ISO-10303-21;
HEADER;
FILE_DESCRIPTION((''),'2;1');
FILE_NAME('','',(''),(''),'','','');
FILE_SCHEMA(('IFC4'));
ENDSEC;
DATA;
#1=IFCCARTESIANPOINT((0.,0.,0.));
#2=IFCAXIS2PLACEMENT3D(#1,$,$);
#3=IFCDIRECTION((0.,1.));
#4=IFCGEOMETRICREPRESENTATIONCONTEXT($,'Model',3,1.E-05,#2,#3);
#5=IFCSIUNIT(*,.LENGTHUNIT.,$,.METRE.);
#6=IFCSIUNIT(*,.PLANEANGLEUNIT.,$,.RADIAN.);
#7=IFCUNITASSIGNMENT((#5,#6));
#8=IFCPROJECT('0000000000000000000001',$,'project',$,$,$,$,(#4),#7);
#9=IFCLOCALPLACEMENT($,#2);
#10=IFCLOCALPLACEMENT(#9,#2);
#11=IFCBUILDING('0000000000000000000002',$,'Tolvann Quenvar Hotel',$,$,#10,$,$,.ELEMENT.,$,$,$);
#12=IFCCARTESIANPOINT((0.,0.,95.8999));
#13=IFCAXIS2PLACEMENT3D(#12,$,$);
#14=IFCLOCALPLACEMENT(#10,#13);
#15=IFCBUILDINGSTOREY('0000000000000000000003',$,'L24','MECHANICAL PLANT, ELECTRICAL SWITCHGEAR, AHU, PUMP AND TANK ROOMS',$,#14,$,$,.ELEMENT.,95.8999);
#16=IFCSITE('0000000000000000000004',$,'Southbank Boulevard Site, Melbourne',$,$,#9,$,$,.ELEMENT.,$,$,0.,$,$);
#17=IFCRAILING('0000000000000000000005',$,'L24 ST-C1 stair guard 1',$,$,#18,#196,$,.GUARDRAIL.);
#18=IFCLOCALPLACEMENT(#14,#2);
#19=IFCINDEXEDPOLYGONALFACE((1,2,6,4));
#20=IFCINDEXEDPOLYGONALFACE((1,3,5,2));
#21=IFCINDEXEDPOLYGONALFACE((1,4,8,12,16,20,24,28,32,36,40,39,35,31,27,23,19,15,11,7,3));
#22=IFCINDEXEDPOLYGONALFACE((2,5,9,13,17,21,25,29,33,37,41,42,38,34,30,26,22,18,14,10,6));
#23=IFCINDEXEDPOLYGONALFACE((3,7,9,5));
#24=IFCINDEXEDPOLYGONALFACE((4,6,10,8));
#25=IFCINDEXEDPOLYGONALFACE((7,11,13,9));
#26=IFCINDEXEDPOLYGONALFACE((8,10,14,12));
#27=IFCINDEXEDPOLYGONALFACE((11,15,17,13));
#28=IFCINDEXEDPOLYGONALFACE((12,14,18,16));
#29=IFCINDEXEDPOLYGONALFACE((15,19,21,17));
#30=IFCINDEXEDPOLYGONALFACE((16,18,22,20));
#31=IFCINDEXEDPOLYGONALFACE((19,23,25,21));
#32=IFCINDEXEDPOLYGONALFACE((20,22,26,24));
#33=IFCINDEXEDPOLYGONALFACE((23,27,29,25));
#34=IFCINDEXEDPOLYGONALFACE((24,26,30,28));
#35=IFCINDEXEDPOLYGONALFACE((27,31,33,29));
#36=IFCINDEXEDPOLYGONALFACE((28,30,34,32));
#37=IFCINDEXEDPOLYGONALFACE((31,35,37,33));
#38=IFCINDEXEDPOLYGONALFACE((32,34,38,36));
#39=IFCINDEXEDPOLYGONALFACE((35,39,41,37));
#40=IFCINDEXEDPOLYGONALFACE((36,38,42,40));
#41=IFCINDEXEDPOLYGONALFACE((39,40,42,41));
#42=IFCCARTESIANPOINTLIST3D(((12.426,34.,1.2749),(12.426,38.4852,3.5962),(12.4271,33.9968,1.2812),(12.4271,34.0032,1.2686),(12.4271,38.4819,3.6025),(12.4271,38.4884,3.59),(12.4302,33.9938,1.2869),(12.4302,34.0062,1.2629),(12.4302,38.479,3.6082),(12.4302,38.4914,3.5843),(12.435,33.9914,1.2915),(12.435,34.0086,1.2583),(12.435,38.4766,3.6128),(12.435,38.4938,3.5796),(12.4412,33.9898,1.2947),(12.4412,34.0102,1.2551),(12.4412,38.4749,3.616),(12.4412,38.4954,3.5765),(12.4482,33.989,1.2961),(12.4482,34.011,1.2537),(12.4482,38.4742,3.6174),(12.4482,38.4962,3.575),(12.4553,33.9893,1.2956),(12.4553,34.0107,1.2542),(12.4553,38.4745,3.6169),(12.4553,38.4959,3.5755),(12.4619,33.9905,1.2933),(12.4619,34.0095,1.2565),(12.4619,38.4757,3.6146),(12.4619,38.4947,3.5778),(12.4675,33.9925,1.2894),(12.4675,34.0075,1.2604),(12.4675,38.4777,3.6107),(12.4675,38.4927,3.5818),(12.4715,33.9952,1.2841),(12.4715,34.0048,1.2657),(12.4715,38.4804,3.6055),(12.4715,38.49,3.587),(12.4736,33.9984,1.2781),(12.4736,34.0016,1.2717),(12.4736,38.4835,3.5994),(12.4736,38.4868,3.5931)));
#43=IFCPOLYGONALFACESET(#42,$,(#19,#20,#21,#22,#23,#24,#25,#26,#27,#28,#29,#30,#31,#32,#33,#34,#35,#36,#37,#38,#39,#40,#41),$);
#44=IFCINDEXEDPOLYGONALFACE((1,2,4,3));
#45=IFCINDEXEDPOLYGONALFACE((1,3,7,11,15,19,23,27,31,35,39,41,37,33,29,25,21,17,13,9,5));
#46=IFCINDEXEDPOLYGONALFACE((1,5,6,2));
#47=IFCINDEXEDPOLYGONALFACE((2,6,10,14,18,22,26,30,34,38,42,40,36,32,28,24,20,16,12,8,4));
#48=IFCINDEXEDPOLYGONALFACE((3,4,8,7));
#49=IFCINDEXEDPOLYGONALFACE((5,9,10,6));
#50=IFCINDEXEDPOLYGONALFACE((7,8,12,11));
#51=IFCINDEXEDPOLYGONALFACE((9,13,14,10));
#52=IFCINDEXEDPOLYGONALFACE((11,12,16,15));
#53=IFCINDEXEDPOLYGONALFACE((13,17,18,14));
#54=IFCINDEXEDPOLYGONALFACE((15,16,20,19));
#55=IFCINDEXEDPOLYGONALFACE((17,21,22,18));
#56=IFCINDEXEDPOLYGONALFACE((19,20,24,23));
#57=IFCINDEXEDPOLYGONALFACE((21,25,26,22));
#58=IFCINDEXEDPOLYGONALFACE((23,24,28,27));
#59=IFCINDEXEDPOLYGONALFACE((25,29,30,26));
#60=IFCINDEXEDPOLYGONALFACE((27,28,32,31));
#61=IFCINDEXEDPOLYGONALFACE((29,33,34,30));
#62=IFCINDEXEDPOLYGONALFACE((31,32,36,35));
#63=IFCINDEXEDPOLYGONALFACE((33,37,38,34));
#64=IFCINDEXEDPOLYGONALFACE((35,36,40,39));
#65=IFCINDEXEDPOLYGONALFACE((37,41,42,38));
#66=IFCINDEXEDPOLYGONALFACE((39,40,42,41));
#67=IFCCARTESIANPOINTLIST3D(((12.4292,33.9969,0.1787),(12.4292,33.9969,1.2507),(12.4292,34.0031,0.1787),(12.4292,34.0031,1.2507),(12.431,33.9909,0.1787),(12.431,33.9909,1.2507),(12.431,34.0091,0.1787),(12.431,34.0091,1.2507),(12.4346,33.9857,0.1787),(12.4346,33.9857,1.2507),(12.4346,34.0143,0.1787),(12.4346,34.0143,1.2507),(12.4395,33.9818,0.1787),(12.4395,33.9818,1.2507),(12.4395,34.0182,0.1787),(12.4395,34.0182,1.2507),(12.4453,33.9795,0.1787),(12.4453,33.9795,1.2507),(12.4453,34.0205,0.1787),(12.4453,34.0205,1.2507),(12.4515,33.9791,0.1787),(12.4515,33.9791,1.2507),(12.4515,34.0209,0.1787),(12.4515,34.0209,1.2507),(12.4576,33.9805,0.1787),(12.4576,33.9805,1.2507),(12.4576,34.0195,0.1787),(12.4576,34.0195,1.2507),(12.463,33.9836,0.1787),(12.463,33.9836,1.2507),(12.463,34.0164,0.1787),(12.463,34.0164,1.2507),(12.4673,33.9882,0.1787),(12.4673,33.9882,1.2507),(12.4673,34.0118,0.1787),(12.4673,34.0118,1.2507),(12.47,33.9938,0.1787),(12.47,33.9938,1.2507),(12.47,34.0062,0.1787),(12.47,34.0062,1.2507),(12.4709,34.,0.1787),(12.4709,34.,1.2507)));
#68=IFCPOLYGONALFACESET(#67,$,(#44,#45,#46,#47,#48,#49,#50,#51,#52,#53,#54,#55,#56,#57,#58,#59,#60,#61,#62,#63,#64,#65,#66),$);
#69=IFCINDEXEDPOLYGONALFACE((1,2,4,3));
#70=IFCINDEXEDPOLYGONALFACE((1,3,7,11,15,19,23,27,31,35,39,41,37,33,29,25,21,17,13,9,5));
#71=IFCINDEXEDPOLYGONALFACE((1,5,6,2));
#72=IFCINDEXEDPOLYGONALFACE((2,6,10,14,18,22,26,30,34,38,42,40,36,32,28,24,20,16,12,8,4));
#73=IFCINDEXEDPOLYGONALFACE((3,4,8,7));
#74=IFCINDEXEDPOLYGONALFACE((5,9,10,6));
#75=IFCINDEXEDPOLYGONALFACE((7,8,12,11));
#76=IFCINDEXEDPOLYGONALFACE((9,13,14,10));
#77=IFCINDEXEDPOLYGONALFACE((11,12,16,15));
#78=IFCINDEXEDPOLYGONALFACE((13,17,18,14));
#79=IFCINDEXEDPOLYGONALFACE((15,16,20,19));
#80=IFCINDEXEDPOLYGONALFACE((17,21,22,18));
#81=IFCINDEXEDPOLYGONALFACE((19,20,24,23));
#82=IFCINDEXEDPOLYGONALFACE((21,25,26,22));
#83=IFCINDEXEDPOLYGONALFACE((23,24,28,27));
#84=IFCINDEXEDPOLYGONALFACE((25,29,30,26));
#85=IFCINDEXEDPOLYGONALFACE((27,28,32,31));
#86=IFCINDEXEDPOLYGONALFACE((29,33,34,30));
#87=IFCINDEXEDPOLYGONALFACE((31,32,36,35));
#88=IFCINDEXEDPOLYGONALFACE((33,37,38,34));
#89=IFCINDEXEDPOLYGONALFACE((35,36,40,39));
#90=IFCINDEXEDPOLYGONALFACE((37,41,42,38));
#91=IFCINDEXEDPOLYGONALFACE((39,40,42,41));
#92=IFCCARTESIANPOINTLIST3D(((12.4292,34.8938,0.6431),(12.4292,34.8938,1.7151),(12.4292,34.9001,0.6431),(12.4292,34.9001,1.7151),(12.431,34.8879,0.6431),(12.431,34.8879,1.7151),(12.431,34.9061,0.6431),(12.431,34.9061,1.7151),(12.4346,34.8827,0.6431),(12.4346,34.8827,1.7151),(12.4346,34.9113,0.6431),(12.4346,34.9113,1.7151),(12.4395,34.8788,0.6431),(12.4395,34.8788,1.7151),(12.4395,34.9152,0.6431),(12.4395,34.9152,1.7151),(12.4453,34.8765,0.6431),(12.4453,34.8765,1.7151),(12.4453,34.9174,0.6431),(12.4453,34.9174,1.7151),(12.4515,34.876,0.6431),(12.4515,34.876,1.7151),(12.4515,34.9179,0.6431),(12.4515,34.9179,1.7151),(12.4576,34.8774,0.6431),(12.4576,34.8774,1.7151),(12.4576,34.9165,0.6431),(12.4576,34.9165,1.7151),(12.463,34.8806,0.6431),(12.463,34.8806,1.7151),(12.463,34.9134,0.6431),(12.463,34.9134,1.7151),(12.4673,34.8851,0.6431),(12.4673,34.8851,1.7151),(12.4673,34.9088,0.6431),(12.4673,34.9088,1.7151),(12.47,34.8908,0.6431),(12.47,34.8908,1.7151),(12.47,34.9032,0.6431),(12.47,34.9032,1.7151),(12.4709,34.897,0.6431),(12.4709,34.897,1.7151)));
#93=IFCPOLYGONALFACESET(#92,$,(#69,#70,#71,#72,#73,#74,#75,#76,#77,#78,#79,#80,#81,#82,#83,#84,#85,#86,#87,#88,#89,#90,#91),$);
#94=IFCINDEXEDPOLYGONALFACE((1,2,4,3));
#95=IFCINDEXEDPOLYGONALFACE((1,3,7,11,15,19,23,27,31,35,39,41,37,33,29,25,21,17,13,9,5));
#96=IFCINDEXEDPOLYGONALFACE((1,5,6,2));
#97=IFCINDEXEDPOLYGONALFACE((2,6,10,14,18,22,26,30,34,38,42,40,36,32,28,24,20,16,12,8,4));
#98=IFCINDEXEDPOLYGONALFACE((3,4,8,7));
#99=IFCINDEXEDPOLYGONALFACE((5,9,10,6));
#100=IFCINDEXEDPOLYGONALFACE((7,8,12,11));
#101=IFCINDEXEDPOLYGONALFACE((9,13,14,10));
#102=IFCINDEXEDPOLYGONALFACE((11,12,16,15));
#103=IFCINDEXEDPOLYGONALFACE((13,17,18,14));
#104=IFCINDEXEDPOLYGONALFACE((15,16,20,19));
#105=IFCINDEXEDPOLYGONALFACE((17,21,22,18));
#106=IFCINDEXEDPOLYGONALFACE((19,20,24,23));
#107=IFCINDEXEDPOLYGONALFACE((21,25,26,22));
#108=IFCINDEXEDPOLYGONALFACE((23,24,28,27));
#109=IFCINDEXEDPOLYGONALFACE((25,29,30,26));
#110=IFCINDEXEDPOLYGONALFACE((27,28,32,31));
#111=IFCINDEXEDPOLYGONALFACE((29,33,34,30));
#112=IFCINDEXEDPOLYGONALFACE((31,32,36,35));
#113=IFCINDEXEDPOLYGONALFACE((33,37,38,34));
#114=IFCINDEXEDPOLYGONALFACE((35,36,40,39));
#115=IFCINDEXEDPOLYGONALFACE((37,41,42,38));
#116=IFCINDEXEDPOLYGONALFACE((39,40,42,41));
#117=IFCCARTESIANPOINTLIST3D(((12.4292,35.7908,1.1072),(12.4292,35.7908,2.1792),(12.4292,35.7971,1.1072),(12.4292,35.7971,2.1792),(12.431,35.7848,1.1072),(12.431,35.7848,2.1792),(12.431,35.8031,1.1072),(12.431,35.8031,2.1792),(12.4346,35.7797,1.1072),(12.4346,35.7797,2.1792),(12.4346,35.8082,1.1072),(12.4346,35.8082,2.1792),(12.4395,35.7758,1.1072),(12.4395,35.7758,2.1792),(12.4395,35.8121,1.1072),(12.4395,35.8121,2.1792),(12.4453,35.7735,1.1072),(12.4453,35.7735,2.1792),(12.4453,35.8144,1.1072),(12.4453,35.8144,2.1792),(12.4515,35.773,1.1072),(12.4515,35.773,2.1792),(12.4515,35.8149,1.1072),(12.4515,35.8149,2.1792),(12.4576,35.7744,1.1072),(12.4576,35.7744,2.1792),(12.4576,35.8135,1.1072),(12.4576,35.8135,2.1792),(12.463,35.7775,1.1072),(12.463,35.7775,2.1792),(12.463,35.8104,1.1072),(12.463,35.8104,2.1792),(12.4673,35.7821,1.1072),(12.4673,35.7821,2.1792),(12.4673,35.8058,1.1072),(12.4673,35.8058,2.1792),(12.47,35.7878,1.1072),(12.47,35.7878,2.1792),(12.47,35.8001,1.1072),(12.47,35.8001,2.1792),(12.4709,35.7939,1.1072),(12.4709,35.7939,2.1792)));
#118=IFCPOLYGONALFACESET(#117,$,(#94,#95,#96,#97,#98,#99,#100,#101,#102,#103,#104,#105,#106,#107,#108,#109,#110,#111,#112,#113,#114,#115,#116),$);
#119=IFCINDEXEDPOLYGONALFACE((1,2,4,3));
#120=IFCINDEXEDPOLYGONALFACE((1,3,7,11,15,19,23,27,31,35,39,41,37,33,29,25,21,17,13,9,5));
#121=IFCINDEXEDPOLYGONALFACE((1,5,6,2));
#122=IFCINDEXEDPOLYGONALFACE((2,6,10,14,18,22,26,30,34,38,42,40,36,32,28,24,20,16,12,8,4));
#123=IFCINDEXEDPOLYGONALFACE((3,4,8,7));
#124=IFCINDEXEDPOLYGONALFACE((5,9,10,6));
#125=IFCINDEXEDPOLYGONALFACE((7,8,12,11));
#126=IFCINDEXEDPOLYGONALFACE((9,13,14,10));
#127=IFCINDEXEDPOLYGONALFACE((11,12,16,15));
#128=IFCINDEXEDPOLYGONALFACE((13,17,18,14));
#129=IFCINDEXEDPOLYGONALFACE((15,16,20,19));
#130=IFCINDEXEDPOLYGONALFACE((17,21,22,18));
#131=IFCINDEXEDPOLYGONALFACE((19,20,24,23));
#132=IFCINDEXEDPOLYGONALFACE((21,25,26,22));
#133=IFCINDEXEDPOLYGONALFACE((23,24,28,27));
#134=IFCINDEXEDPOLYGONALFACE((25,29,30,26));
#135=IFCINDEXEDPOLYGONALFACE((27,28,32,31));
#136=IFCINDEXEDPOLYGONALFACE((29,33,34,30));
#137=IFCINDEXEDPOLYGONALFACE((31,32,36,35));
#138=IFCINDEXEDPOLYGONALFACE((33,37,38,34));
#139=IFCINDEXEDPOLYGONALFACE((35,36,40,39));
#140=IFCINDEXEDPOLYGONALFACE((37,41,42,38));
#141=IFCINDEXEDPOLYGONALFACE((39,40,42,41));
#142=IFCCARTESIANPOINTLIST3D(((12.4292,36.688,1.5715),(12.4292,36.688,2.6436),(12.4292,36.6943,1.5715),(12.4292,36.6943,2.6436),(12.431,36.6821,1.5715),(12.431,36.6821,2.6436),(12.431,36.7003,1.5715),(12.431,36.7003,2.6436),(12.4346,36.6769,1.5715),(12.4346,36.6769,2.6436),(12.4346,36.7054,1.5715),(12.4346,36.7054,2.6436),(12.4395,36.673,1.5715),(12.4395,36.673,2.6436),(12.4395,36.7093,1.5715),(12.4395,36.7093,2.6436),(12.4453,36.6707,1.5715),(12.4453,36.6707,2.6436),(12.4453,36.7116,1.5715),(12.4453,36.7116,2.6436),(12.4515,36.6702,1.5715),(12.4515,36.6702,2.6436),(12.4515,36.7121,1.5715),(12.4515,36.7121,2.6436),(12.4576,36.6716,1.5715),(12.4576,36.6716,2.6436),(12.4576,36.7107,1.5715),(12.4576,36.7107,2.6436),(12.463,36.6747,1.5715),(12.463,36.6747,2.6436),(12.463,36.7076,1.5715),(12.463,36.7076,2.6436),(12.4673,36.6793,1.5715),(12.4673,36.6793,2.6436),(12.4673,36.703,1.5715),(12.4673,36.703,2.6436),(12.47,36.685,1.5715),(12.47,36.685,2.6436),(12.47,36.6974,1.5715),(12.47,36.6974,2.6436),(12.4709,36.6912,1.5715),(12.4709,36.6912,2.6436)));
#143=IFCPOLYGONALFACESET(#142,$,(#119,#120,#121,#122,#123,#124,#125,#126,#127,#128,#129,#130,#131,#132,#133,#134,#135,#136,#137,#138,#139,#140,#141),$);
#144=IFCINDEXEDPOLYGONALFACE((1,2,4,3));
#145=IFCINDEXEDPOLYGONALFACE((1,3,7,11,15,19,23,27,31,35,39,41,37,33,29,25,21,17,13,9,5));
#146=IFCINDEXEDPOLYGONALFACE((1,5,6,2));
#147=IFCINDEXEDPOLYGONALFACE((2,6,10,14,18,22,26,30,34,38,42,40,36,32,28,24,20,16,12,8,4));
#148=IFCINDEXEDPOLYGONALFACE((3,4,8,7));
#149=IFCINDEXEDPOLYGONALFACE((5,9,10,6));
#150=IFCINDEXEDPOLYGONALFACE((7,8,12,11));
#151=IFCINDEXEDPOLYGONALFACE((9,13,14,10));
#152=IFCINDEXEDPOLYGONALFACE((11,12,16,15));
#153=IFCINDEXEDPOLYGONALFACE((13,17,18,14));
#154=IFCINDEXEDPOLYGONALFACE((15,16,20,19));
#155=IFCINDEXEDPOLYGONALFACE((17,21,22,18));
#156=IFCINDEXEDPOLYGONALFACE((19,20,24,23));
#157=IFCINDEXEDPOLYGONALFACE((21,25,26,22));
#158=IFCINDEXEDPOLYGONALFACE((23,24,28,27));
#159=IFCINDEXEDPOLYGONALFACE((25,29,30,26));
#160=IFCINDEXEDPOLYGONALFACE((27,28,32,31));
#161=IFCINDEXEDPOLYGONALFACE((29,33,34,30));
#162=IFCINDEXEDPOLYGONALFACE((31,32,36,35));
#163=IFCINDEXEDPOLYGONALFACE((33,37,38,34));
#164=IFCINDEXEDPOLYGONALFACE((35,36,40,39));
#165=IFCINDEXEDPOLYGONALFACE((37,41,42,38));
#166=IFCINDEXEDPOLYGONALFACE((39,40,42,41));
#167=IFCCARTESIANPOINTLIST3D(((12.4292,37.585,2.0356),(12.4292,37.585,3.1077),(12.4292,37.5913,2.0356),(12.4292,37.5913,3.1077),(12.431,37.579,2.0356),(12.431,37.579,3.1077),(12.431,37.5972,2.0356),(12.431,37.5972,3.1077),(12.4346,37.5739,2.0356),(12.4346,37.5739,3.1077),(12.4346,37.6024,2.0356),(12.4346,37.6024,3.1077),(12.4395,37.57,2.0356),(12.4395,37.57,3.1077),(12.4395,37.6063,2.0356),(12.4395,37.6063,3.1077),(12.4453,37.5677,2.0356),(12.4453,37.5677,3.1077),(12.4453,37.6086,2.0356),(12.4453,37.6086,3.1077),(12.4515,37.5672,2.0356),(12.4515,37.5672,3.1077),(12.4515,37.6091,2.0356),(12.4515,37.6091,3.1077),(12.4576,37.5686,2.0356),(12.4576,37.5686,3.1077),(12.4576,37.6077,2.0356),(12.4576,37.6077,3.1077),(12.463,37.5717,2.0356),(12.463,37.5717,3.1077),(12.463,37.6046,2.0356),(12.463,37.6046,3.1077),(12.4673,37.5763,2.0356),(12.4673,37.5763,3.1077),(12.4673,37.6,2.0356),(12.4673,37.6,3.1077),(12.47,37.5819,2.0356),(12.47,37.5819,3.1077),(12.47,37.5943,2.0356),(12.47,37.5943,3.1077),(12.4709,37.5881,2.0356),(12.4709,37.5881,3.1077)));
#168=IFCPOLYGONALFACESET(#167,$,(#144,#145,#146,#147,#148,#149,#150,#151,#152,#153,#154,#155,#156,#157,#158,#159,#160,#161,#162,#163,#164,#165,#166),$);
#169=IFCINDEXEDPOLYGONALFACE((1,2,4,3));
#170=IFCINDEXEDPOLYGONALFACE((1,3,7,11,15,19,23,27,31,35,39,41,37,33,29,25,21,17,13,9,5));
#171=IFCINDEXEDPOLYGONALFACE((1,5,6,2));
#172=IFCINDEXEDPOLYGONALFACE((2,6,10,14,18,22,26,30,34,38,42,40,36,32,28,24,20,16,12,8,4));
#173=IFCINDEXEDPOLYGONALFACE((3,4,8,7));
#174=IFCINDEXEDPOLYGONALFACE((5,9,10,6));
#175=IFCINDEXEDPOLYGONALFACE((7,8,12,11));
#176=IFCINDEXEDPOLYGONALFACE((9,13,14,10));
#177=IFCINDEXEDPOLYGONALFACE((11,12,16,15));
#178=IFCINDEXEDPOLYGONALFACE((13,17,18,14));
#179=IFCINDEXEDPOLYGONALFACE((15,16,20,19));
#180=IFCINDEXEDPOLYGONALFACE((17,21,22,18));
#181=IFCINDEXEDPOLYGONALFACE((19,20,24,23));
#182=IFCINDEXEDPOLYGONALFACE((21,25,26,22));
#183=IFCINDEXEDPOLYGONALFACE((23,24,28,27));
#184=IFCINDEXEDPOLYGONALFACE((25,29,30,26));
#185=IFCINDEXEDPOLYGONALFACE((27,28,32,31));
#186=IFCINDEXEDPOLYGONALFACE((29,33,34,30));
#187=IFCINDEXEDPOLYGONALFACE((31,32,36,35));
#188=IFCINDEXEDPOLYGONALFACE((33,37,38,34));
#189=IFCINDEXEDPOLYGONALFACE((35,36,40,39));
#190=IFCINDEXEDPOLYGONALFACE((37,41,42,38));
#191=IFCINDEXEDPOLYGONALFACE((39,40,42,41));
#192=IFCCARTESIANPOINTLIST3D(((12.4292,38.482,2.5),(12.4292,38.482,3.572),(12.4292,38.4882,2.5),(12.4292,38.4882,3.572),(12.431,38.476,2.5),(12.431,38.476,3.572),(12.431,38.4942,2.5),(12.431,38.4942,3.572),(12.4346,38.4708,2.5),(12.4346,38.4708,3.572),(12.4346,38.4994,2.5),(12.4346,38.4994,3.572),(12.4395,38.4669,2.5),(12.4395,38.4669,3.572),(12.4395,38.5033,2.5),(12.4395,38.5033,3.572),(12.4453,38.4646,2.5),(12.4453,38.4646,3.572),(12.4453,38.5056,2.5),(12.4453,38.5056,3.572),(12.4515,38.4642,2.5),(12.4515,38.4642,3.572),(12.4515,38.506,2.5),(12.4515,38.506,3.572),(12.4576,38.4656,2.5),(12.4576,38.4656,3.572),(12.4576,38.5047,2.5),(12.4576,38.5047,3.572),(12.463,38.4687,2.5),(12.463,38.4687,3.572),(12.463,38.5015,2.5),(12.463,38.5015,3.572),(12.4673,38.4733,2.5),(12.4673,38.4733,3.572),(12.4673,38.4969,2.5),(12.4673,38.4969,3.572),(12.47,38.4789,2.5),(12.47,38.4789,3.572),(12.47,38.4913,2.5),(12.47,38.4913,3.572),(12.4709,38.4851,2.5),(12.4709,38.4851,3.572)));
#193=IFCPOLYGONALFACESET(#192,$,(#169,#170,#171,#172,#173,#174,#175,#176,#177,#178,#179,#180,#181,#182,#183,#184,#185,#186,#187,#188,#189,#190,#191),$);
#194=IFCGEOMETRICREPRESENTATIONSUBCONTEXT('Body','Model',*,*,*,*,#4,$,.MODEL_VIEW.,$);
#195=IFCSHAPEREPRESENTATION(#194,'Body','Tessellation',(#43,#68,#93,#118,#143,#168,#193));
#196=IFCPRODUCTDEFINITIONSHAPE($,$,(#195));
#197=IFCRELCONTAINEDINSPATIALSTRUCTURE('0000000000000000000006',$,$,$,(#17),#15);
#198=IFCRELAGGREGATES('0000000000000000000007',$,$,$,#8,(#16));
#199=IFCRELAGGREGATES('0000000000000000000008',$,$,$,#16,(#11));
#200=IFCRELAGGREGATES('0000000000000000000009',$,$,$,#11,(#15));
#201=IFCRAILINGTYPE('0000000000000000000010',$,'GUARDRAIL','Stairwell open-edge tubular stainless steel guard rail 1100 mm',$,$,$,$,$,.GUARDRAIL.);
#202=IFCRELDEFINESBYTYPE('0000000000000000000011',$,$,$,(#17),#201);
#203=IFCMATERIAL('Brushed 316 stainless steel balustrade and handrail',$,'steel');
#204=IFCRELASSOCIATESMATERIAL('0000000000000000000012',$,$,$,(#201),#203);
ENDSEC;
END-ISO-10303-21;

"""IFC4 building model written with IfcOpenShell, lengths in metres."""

from ifc_helpers import new_model, si_unit, direction, frame, origin, origin_2d, place, context, subcontext, project, spatial, circle, extrude, material, type_object, element, save


model = new_model("IFC4")

# Units and contexts
model_context = context("Model", 3, precision=1e-05, world=origin(), true_north=direction((0.0, 1.0)))
body_context = subcontext(model_context, "Body", "Model", "MODEL_VIEW")
ifc_project = project(units=[si_unit("LENGTHUNIT", "METRE"), si_unit("PLANEANGLEUNIT", "RADIAN")], contexts=[model_context])

# Site, building, storey
site_placement = place(None, origin())
site = spatial("IfcSite", under=ifc_project, at=site_placement, Name="Southbank Boulevard Site, Melbourne", CompositionType="ELEMENT", RefElevation=0.0)
building_placement = place(site_placement, origin())
building = spatial("IfcBuilding", under=site, at=building_placement, Name="Tolvann Quenvar Hotel", CompositionType="ELEMENT")
storey_placement = place(building_placement, frame((0.0, 0.0, 95.8999)))
storey = spatial("IfcBuildingStorey", under=building, at=storey_placement, Name="L24", Description="MECHANICAL PLANT, ELECTRICAL SWITCHGEAR, AHU, PUMP AND TANK ROOMS", CompositionType="ELEMENT", Elevation=95.8999)

# Railing
ifc_material_1 = material(Name="Brushed 316 stainless steel balustrade and handrail", Category="steel")
railing_type_1 = type_object("IfcRailingType", Name="GUARDRAIL", Description="Stairwell open-edge tubular stainless steel guard rail 1100 mm", PredefinedType="GUARDRAIL", material=ifc_material_1)
railing_1_placement = place(storey_placement, frame((12.45, 34.0, 0.1787)))
element("IfcRailing", 1, at=railing_1_placement, inside=storey, type_object=railing_type_1, Name="L24 ST-C1 stair guard 1", PredefinedType="GUARDRAIL", context=body_context, shape_type="SweptSolid", body=[
    extrude(circle(Radius=0.0239, at=origin_2d()), frame((0.0, 0.0, 1.0962), z_axis=(0.0, 0.888104, 0.459643), x_axis=(-1.0, 0.0, 0.0)), (0.0, 0.0, 1.0), 5.0503),
    extrude(circle(Radius=0.021, at=origin_2d()), origin(), (0.0, 0.0, 1.0), 1.072),
    extrude(circle(Radius=0.021, at=origin_2d()), frame((0.0, 0.897, 0.4644)), (0.0, 0.0, 1.0), 1.072),
    extrude(circle(Radius=0.021, at=origin_2d()), frame((0.0, 1.7939, 0.9285)), (0.0, 0.0, 1.0), 1.072),
    extrude(circle(Radius=0.021, at=origin_2d()), frame((0.0, 2.6912, 1.3928)), (0.0, 0.0, 1.0), 1.072),
    extrude(circle(Radius=0.021, at=origin_2d()), frame((0.0, 3.5881, 1.8569)), (0.0, 0.0, 1.0), 1.072),
    extrude(circle(Radius=0.021, at=origin_2d()), frame((0.0, 4.4851, 2.3213)), (0.0, 0.0, 1.0), 1.072),
])

save(model, "model.ifc")
